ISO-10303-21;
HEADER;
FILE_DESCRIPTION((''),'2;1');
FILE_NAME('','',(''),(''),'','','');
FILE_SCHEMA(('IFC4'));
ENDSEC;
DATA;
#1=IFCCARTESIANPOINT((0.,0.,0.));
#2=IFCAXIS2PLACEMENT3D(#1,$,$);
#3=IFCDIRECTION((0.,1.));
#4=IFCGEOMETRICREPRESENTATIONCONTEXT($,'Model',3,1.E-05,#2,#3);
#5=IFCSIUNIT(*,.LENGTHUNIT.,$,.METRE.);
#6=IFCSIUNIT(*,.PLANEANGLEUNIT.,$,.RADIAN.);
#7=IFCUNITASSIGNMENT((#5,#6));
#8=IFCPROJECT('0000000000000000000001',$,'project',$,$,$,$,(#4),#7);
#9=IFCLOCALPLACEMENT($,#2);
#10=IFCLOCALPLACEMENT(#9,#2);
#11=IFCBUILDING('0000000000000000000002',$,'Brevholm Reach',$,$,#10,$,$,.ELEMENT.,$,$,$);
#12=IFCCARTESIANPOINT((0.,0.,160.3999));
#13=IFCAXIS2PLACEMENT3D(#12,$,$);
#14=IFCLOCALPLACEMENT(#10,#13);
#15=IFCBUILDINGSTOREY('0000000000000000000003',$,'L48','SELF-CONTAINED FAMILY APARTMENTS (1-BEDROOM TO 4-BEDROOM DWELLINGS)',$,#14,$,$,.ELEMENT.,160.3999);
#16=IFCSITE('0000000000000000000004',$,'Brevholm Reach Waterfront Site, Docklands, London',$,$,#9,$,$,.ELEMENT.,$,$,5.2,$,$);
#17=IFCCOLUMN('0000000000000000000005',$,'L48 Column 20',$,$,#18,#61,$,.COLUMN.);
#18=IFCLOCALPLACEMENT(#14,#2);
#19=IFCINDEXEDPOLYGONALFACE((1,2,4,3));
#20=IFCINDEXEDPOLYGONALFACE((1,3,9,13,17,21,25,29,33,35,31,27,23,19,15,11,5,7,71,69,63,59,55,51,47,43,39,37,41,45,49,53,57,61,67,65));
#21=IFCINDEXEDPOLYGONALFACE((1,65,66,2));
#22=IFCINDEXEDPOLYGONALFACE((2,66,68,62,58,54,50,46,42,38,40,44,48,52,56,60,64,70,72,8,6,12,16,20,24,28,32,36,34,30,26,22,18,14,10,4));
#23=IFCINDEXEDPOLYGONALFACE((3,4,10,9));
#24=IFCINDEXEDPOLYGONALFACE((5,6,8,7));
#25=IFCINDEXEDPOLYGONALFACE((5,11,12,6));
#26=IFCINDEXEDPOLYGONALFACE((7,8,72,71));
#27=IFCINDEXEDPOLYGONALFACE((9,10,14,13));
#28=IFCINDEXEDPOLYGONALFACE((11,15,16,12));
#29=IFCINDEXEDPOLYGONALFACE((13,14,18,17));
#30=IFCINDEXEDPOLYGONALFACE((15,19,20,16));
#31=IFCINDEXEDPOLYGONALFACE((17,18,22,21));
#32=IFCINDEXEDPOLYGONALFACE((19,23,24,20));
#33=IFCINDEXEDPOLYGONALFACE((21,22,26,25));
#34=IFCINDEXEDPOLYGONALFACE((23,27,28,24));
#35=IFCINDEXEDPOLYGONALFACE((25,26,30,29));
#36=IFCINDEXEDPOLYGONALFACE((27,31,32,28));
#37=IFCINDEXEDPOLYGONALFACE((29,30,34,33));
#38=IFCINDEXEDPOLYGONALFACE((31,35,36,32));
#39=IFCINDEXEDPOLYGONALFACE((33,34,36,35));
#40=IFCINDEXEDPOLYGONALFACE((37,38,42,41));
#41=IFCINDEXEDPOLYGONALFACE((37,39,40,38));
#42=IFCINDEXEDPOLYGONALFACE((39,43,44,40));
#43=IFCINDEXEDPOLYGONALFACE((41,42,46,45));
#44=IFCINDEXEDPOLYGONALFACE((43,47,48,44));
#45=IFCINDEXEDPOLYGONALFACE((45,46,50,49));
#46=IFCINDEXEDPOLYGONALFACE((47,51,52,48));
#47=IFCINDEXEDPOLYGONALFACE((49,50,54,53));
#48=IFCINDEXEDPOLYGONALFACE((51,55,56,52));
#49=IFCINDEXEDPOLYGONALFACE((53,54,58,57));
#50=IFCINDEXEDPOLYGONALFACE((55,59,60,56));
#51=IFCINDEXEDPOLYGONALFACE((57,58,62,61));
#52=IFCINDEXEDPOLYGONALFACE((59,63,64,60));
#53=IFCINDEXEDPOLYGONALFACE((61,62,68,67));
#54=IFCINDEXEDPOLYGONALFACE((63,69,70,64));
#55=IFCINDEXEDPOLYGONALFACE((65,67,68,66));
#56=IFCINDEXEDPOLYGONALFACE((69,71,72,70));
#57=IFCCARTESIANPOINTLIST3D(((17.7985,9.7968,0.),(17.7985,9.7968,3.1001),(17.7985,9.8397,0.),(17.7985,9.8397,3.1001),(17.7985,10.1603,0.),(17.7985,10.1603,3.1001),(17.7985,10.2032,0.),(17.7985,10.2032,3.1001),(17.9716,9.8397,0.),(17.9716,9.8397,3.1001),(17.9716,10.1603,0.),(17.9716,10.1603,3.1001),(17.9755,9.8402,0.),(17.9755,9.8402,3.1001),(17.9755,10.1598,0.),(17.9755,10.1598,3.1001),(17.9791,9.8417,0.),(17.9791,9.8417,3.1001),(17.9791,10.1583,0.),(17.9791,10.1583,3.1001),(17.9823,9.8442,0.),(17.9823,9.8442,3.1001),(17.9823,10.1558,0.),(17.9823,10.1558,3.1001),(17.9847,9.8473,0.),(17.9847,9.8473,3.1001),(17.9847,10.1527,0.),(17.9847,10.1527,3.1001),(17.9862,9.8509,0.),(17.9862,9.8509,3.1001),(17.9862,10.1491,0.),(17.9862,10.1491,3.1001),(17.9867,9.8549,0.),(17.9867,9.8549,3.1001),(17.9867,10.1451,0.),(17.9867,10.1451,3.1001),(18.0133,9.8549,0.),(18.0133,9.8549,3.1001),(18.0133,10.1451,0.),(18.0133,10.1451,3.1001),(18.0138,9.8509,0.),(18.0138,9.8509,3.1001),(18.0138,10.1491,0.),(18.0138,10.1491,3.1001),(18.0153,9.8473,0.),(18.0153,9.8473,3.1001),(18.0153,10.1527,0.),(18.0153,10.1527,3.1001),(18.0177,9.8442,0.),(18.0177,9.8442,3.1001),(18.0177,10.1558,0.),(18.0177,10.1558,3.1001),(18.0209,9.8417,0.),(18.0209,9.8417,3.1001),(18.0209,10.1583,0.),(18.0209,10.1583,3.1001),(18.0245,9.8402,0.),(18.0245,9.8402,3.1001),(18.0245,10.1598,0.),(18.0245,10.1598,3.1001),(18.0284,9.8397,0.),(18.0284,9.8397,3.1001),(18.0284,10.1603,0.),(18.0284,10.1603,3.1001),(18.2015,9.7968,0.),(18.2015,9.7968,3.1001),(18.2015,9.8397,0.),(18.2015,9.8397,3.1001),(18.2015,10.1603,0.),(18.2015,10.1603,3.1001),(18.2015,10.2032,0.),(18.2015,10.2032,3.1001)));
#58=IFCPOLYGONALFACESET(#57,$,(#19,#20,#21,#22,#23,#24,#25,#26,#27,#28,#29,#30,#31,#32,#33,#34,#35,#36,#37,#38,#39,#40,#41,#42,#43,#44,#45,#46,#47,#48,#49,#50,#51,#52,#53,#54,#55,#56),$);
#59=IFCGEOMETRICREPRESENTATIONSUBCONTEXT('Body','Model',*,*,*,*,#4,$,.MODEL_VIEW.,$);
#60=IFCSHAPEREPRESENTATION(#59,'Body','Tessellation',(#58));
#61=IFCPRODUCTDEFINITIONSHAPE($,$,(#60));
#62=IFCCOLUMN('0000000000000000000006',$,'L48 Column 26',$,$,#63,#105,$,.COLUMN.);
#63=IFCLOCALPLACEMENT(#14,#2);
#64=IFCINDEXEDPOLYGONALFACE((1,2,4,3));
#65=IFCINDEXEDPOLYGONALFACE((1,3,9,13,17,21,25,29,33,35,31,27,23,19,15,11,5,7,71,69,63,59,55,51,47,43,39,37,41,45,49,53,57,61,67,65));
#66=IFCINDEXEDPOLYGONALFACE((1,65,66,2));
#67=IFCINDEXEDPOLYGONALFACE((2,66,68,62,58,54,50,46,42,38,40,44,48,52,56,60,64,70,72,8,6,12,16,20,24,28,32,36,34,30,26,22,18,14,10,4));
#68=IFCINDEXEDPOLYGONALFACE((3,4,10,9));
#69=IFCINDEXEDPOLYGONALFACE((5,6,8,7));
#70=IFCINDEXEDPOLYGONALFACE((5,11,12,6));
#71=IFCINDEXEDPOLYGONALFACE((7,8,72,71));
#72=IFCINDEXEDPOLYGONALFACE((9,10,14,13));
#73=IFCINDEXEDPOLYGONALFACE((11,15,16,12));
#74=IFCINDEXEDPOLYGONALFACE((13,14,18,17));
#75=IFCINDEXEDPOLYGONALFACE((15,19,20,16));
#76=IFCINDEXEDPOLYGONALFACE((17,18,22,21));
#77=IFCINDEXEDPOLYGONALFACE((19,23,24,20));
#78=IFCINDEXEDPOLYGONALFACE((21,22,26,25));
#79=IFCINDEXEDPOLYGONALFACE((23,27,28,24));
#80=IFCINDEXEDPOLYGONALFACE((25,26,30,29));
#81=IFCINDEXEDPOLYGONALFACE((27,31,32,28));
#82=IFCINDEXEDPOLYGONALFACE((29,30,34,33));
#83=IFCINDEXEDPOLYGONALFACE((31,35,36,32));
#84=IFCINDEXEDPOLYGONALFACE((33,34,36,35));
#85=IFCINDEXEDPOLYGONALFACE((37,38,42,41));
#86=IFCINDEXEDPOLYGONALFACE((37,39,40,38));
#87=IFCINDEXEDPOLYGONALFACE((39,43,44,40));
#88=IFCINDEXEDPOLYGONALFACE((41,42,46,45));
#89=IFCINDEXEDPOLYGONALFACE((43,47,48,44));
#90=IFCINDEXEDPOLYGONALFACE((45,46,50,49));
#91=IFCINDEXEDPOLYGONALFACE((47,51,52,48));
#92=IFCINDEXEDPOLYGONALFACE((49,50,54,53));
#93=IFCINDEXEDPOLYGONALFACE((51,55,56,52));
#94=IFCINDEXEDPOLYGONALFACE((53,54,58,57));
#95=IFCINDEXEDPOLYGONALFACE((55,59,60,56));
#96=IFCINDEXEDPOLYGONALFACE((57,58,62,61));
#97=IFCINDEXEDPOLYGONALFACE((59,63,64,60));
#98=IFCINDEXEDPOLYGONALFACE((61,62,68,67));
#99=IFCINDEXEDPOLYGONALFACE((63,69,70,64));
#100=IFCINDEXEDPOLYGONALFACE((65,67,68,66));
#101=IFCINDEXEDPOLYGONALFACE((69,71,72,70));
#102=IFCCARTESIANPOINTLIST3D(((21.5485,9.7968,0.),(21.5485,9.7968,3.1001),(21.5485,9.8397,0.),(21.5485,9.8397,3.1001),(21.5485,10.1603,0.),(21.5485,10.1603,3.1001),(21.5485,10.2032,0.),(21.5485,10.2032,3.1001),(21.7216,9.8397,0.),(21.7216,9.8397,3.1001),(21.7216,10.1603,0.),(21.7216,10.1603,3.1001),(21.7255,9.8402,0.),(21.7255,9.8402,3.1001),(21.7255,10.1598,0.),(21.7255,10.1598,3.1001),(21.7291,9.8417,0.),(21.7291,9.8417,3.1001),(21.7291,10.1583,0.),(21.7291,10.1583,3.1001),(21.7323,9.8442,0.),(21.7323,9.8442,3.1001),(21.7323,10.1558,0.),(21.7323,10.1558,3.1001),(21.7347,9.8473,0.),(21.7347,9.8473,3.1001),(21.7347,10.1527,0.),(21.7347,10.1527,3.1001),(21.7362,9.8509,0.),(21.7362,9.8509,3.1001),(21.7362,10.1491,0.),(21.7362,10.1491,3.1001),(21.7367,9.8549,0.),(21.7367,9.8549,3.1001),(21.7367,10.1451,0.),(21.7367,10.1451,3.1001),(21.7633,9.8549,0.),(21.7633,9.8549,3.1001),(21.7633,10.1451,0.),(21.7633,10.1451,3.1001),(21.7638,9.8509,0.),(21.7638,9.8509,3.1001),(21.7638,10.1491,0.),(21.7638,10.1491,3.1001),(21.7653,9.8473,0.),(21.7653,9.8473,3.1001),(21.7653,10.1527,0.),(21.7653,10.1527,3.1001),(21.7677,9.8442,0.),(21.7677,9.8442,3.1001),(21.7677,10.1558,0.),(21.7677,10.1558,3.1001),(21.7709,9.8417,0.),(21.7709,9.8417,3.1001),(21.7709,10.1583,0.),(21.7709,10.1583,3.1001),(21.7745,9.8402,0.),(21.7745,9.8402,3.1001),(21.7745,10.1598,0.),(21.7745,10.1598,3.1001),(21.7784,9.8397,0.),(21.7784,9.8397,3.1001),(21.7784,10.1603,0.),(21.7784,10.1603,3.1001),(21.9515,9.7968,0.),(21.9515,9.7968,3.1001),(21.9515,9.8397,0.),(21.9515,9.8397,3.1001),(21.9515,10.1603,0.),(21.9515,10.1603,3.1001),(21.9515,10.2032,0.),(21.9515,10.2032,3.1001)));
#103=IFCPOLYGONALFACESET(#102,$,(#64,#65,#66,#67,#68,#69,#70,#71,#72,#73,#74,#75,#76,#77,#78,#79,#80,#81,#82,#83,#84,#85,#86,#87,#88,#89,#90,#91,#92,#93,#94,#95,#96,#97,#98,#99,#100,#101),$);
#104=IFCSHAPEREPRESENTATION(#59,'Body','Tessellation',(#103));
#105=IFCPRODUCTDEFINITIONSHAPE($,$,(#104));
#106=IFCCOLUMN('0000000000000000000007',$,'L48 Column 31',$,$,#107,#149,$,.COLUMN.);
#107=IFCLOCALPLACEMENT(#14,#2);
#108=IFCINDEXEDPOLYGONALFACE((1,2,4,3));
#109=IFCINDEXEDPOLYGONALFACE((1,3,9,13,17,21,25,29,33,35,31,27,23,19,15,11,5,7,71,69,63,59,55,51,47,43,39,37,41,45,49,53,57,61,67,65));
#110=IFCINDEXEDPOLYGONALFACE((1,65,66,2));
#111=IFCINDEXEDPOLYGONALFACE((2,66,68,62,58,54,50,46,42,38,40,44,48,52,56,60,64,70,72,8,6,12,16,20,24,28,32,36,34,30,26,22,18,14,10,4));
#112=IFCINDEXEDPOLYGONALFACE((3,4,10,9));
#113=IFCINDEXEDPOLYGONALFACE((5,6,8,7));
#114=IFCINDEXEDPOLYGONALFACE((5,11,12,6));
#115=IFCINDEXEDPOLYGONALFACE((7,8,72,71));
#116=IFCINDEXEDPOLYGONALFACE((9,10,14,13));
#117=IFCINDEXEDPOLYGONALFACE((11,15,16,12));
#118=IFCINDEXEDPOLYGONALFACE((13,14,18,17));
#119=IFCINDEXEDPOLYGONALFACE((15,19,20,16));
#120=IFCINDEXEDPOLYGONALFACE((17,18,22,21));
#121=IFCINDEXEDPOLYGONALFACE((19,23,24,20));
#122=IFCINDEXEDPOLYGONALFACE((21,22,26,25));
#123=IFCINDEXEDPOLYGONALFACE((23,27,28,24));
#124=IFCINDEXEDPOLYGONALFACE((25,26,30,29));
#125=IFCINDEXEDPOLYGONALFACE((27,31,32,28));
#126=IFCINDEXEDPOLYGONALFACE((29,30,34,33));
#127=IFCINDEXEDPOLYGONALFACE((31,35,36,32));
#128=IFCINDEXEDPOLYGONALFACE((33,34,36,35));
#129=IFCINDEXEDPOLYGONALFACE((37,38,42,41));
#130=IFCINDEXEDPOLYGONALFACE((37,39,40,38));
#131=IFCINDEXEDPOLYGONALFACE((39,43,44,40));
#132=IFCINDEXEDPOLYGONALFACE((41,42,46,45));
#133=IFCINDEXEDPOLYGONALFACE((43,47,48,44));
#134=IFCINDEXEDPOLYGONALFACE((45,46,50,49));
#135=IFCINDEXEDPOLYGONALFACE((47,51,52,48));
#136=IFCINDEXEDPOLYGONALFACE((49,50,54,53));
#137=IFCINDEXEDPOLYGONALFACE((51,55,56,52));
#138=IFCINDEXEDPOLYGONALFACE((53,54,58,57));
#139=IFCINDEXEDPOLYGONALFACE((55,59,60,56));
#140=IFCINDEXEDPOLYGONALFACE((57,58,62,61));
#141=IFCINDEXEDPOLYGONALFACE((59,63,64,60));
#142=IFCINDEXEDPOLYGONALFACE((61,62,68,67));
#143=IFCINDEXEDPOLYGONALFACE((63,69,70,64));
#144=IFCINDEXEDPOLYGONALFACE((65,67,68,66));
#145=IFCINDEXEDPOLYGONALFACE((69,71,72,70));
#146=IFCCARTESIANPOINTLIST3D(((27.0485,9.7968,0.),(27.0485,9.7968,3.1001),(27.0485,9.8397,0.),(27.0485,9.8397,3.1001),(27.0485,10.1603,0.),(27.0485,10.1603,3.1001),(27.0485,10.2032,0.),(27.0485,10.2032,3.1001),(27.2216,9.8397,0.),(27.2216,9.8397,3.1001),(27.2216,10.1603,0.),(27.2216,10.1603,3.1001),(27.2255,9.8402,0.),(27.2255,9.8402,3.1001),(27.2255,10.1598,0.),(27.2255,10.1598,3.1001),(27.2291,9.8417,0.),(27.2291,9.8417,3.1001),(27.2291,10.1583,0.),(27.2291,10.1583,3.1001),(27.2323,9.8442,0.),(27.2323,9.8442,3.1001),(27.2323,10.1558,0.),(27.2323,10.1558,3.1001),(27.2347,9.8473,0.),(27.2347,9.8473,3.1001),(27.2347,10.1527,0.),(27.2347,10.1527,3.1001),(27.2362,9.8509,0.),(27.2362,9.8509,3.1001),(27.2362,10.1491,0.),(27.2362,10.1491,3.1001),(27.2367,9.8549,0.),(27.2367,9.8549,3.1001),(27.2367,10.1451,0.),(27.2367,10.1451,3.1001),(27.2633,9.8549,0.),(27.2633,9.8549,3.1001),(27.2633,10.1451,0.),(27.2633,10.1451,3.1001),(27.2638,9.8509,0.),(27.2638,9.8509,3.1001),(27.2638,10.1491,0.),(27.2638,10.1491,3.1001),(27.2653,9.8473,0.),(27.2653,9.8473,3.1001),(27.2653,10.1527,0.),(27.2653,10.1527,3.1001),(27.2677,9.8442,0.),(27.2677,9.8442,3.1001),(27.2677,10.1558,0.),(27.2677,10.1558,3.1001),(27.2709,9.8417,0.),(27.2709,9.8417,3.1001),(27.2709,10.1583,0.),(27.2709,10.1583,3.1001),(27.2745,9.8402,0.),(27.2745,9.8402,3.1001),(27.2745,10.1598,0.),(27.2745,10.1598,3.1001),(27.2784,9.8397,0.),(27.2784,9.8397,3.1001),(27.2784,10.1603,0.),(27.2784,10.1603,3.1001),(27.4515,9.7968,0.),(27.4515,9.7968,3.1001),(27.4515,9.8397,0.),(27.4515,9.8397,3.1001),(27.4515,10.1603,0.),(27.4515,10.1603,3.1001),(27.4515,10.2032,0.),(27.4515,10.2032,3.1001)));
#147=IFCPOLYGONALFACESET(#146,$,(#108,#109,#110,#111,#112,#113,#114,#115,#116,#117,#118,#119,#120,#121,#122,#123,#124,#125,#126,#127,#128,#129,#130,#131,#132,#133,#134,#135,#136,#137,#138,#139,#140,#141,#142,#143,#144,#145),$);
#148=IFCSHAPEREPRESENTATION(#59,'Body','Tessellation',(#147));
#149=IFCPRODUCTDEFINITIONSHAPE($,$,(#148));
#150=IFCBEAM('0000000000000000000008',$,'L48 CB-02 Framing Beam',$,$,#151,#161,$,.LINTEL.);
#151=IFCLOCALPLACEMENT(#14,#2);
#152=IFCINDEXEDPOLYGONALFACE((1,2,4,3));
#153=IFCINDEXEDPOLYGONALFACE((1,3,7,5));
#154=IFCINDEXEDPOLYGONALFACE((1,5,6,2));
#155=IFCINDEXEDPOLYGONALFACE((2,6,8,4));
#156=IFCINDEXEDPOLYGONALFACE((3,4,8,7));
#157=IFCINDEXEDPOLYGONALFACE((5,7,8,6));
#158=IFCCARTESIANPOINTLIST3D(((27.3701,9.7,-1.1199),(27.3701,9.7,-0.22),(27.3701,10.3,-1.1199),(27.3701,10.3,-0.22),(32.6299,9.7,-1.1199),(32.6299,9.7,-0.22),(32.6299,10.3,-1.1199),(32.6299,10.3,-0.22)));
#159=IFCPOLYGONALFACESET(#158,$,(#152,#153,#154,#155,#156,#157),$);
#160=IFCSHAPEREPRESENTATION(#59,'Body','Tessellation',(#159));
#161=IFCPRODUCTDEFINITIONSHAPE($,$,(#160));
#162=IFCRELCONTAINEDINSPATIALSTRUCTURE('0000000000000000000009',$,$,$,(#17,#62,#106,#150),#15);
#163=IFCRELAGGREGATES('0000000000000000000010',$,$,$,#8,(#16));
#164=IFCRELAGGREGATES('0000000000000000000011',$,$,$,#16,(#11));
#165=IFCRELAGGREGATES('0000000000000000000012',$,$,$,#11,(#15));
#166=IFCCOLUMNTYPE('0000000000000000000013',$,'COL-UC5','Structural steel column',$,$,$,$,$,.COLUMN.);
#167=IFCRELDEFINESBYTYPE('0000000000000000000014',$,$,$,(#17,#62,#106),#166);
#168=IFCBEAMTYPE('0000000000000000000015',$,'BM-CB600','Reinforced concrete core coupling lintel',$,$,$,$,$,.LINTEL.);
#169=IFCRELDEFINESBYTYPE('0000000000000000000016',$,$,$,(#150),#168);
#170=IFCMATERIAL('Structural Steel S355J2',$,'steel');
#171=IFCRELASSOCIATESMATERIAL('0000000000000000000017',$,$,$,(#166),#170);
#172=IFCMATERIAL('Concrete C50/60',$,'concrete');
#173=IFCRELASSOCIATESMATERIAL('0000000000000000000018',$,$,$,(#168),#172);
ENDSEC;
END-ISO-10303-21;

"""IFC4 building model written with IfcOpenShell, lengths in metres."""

from ifc_helpers import new_model, si_unit, direction, frame, origin, origin_2d, place, context, subcontext, project, spatial, rectangle, i_section, extrude, material, material_profile, profile_set, type_object, element, save


model = new_model("IFC4")

# Units and contexts
model_context = context("Model", 3, precision=1e-05, world=origin(), true_north=direction((0.0, 1.0)))
body_context = subcontext(model_context, "Body", "Model", "MODEL_VIEW")
ifc_project = project(units=[si_unit("LENGTHUNIT", "METRE"), si_unit("PLANEANGLEUNIT", "RADIAN")], contexts=[model_context])

# Site, building, storey
site_placement = place(None, origin())
site = spatial("IfcSite", under=ifc_project, at=site_placement, Name="Brevholm Reach Waterfront Site, Docklands, London", CompositionType="ELEMENT", RefElevation=5.2)
building_placement = place(site_placement, origin())
building = spatial("IfcBuilding", under=site, at=building_placement, Name="Brevholm Reach", CompositionType="ELEMENT")
storey_placement = place(building_placement, frame((0.0, 0.0, 160.3999)))
storey = spatial("IfcBuildingStorey", under=building, at=storey_placement, Name="L48", Description="SELF-CONTAINED FAMILY APARTMENTS (1-BEDROOM TO 4-BEDROOM DWELLINGS)", CompositionType="ELEMENT", Elevation=160.3999)

# Columns
ifc_material_1 = material(Name="Structural Steel S355J2", Category="steel")
ifc_material_profile_1 = material_profile(ifc_material_1, i_section(OverallWidth=0.4031, OverallDepth=0.4065, WebThickness=0.0266, FlangeThickness=0.043, FilletRadius=0.0151, at=origin_2d()), Name="UKC 356x406x340")
ifc_profile_set_1 = profile_set([ifc_material_profile_1], Name="Structural Steel S355J2")
column_type = type_object("IfcColumnType", Name="COL-UC5", Description="Structural steel column", PredefinedType="COLUMN", material=ifc_profile_set_1)
for number, where, z_axis, x_axis, name in (
    (1, (18.0, 10.0, 0.0), (0.0, 0.0, 1.0), (1.0, 0.0, 0.0), "L48 Column 20"),
    (2, (21.75, 10.0, 0.0), (0.0, 0.0, 1.0), (1.0, 0.0, 0.0), "L48 Column 26"),
    (3, (27.25, 10.0, 0.0), (0.0, 0.0, 1.0), (1.0, 0.0, 0.0), "L48 Column 31"),
):
    element("IfcColumn", number, at=place(storey_placement, frame(where, z_axis=z_axis, x_axis=x_axis)), inside=storey, type_object=column_type, Name=name, PredefinedType="COLUMN", context=body_context, shape_type="SweptSolid", body=[
        extrude(i_section(OverallWidth=0.4031, OverallDepth=0.4065, WebThickness=0.0266, FlangeThickness=0.043, FilletRadius=0.0151, at=origin_2d()), origin(), (0.0, 0.0, 1.0), 3.1001),
    ])

# Beam
ifc_material_2 = material(Name="Concrete C50/60", Category="concrete")
ifc_material_profile_2 = material_profile(ifc_material_2, rectangle(XDim=0.6001, YDim=0.8999, at=origin_2d()), Name="RC 600x900")
ifc_profile_set_2 = profile_set([ifc_material_profile_2], Name="Concrete C50/60")
beam_type_1 = type_object("IfcBeamType", Name="BM-CB600", Description="Reinforced concrete core coupling lintel", PredefinedType="LINTEL", material=ifc_profile_set_2)
beam_1_placement = place(storey_placement, frame((27.3701, 10.0, -0.6699), z_axis=(1.0, 0.0, 0.0), x_axis=(0.0, 1.0, 0.0)))
element("IfcBeam", 4, at=beam_1_placement, inside=storey, type_object=beam_type_1, Name="L48 CB-02 Framing Beam", PredefinedType="LINTEL", context=body_context, shape_type="SweptSolid", body=[
    extrude(rectangle(XDim=0.6001, YDim=0.8999, at=origin_2d()), origin(), (0.0, 0.0, 1.0), 5.2598),
])

save(model, "model.ifc")
